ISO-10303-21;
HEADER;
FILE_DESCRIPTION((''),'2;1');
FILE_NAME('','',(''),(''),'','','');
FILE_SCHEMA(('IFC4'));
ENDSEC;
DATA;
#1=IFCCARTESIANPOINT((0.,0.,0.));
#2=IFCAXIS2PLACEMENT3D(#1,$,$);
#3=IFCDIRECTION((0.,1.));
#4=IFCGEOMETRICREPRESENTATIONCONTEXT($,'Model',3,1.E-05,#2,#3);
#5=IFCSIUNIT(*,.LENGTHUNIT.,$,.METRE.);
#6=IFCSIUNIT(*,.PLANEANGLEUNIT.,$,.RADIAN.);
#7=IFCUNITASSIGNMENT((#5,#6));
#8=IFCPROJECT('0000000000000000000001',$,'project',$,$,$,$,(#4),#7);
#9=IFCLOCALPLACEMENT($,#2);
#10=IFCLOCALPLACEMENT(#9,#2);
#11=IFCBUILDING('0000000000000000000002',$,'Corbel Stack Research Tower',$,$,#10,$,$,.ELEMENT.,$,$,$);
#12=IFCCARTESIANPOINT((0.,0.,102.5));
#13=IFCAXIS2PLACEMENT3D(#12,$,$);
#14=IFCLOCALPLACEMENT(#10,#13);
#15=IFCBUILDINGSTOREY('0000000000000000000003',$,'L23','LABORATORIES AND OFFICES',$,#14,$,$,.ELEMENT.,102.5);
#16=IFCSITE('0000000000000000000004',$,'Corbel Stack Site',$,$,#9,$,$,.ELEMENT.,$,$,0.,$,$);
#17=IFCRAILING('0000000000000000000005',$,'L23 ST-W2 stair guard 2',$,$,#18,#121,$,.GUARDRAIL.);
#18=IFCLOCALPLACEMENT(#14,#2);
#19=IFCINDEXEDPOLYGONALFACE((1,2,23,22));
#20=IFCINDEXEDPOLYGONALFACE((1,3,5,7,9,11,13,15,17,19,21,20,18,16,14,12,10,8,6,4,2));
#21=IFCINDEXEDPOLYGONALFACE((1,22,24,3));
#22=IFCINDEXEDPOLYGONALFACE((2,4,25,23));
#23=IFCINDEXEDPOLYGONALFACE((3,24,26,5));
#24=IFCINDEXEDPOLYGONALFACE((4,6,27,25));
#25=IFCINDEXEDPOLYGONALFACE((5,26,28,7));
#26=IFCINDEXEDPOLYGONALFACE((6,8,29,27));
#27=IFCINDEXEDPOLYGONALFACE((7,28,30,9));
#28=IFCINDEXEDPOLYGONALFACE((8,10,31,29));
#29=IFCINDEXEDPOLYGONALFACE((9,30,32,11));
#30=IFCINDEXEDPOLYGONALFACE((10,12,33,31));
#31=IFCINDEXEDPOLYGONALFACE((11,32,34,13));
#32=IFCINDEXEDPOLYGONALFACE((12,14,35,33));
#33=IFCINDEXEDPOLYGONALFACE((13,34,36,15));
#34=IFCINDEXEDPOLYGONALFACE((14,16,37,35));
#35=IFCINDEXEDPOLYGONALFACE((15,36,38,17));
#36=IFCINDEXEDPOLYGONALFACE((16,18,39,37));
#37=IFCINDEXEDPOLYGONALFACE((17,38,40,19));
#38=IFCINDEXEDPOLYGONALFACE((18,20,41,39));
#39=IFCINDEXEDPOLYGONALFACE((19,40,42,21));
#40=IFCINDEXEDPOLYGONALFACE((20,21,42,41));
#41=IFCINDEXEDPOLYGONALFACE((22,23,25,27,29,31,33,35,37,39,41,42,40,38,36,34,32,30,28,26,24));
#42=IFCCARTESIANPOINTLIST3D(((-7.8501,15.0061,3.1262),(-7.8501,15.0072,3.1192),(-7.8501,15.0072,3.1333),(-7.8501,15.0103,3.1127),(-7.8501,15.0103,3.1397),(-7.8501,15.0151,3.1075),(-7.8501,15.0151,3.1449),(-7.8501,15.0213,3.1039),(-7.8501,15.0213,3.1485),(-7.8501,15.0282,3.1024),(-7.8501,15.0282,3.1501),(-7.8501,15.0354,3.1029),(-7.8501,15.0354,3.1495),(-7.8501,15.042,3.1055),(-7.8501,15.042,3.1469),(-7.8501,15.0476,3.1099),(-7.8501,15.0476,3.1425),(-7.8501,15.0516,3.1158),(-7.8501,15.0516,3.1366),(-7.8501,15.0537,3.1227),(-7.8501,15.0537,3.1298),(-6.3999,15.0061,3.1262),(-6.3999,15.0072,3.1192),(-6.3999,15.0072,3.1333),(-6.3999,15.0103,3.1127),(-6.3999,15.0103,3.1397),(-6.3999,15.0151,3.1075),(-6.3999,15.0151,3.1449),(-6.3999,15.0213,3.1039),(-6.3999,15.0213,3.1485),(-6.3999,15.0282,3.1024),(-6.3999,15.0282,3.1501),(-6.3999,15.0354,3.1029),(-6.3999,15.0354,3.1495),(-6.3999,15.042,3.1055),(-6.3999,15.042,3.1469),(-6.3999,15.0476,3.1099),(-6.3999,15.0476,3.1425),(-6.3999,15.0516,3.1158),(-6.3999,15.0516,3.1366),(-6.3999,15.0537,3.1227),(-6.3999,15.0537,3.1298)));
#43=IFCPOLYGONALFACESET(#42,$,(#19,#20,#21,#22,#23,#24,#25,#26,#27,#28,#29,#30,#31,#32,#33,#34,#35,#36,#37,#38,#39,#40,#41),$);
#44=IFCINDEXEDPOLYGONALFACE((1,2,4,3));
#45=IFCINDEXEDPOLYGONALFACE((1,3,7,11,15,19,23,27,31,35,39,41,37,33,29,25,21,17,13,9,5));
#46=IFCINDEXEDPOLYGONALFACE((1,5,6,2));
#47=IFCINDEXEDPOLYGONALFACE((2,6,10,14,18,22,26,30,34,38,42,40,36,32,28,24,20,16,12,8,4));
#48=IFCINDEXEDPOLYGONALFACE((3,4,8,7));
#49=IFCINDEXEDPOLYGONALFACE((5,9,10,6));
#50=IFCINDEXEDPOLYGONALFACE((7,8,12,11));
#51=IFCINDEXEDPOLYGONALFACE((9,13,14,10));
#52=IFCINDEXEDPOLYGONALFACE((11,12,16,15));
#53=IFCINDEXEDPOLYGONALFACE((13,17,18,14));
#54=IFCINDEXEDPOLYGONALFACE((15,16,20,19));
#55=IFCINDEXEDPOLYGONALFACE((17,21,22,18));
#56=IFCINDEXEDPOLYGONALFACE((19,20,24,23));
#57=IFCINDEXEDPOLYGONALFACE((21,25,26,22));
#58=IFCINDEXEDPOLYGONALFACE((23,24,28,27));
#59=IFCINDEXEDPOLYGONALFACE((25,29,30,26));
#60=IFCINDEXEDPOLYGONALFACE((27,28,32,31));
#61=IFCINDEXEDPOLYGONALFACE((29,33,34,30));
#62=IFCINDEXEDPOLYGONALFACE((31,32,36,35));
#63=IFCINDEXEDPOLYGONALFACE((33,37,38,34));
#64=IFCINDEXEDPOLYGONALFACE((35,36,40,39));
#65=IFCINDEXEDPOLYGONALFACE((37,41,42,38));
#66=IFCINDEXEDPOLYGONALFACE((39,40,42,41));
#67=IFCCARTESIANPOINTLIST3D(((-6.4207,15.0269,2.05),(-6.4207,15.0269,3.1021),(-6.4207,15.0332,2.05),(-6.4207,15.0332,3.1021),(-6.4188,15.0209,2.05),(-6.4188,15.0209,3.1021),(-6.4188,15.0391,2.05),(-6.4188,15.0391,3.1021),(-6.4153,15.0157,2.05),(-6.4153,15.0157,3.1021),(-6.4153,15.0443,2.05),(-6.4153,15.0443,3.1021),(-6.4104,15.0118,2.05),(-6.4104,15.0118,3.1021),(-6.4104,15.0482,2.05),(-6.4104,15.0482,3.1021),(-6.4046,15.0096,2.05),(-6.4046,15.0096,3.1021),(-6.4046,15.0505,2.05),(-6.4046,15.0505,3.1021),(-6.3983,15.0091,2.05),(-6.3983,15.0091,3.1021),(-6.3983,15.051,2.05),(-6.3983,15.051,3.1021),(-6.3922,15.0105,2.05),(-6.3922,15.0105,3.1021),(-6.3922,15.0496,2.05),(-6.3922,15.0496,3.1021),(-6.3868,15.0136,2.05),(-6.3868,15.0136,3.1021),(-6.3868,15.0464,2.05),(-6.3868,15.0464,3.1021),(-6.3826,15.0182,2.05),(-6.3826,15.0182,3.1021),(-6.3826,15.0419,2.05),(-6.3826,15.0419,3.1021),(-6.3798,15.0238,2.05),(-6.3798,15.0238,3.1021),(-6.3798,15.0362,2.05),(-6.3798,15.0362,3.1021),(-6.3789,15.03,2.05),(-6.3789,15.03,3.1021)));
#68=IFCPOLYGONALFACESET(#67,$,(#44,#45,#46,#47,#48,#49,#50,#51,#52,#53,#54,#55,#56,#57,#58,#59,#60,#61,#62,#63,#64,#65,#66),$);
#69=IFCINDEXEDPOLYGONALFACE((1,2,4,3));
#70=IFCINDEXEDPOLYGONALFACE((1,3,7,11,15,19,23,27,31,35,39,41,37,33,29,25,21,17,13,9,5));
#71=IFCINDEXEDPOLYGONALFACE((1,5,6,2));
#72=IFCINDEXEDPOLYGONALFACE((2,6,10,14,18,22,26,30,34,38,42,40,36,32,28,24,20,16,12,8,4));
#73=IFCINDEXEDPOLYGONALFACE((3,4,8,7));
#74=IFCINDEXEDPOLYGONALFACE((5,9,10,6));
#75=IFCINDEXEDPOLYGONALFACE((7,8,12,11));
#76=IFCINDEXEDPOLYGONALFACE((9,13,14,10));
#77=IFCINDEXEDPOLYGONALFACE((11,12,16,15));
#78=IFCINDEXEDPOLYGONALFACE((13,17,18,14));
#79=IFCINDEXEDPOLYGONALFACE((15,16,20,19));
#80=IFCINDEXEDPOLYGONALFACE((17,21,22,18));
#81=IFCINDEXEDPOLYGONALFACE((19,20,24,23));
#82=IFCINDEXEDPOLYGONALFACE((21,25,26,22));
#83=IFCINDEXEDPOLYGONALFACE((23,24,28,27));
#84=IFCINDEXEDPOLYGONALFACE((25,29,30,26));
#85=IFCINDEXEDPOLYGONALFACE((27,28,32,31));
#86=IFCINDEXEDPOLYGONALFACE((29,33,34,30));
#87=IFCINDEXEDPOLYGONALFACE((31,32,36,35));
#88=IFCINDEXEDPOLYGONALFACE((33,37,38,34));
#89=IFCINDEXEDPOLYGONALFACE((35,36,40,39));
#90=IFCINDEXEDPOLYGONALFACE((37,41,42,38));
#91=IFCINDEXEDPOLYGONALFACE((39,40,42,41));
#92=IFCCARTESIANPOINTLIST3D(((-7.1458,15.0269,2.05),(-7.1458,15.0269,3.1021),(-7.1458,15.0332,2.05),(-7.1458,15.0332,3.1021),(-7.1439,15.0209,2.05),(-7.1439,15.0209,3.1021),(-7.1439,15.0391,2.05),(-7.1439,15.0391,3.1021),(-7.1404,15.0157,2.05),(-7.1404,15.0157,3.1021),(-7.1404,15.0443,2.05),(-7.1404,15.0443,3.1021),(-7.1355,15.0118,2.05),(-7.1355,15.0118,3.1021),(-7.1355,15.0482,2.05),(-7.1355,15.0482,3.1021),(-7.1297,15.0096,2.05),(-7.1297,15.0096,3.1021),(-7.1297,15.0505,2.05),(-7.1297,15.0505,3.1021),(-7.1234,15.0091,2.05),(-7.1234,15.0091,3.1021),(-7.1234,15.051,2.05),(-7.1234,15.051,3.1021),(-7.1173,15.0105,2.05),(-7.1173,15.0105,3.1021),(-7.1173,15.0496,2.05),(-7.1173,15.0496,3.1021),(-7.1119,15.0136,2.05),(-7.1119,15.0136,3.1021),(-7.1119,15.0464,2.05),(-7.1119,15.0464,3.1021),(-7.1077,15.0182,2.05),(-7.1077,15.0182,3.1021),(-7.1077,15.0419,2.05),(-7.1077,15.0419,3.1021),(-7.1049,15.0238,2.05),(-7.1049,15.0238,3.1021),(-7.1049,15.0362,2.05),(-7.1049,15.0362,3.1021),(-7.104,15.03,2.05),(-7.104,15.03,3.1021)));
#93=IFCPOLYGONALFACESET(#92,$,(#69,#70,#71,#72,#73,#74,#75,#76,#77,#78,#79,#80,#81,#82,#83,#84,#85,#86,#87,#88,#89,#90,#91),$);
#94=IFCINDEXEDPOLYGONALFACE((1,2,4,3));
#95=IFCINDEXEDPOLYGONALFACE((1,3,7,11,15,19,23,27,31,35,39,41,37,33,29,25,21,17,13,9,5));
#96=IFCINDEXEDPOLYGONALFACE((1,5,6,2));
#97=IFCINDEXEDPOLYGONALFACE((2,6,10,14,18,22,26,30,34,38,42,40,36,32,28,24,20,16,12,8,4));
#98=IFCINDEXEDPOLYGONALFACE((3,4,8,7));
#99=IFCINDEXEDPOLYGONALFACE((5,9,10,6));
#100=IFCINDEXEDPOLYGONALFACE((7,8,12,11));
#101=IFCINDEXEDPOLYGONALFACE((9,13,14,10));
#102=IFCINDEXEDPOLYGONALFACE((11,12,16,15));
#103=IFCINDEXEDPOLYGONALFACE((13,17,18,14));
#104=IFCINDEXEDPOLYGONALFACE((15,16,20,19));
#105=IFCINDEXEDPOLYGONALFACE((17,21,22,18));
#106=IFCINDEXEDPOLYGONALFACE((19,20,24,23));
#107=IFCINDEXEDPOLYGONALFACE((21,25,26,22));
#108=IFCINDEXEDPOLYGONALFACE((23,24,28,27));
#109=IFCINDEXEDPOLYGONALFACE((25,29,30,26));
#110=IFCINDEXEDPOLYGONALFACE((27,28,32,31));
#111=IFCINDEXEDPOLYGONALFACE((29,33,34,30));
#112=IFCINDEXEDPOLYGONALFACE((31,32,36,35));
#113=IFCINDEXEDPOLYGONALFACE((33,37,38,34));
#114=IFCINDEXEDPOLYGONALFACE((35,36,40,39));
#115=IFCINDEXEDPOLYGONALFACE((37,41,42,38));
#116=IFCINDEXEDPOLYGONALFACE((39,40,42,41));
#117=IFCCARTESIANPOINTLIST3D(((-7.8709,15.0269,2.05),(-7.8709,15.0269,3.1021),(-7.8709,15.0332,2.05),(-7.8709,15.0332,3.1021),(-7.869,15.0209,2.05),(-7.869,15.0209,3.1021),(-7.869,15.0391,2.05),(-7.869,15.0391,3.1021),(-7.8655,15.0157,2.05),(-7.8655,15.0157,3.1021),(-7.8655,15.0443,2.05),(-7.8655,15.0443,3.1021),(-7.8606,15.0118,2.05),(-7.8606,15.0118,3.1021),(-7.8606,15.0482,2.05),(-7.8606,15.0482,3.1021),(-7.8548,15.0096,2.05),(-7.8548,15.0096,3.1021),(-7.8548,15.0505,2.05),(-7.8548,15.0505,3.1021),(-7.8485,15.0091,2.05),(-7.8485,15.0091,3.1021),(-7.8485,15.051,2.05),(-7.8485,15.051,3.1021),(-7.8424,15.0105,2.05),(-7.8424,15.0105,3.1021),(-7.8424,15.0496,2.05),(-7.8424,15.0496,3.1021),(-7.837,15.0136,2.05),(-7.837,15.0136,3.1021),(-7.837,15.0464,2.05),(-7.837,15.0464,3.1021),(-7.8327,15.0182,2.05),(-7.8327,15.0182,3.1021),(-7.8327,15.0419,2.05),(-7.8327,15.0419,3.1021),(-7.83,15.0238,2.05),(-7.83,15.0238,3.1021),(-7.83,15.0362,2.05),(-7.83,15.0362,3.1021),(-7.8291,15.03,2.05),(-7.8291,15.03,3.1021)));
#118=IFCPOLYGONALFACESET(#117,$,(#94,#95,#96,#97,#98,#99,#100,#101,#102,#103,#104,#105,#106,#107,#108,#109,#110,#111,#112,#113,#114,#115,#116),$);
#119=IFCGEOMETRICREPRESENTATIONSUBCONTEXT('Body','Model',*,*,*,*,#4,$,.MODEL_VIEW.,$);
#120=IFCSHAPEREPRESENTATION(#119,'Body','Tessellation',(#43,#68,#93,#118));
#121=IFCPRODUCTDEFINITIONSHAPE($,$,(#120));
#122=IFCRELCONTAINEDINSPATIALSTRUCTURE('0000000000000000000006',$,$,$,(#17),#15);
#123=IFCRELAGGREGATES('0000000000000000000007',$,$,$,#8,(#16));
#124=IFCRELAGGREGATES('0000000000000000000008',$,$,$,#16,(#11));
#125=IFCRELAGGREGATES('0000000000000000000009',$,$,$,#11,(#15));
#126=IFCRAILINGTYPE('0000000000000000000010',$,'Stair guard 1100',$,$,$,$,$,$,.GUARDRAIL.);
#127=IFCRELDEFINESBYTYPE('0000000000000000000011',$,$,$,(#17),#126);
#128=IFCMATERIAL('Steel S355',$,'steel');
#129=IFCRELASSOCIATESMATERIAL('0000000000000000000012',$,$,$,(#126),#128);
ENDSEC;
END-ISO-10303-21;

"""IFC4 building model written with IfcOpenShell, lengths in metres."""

from ifc_helpers import new_model, si_unit, direction, frame, origin, origin_2d, place, context, subcontext, project, spatial, circle, extrude, material, type_object, element, save


model = new_model("IFC4")

# Units and contexts
model_context = context("Model", 3, precision=1e-05, world=origin(), true_north=direction((0.0, 1.0)))
body_context = subcontext(model_context, "Body", "Model", "MODEL_VIEW")
ifc_project = project(units=[si_unit("LENGTHUNIT", "METRE"), si_unit("PLANEANGLEUNIT", "RADIAN")], contexts=[model_context])

# Site, building, storey
site_placement = place(None, origin())
site = spatial("IfcSite", under=ifc_project, at=site_placement, Name="Corbel Stack Site", CompositionType="ELEMENT", RefElevation=0.0)
building_placement = place(site_placement, origin())
building = spatial("IfcBuilding", under=site, at=building_placement, Name="Corbel Stack Research Tower", CompositionType="ELEMENT")
storey_placement = place(building_placement, frame((0.0, 0.0, 102.5)))
storey = spatial("IfcBuildingStorey", under=building, at=storey_placement, Name="L23", Description="LABORATORIES AND OFFICES", CompositionType="ELEMENT", Elevation=102.5)

# Railing
ifc_material_1 = material(Name="Steel S355", Category="steel")
railing_type_1 = type_object("IfcRailingType", Name="Stair guard 1100", PredefinedType="GUARDRAIL", material=ifc_material_1)
railing_1_placement = place(storey_placement, frame((-6.3999, 15.03, 2.05)))
element("IfcRailing", 1, at=railing_1_placement, inside=storey, type_object=railing_type_1, Name="L23 ST-W2 stair guard 2", PredefinedType="GUARDRAIL", context=body_context, shape_type="SweptSolid", body=[
    extrude(circle(Radius=0.0239, at=origin_2d()), frame((0.0, 0.0, 1.0762), z_axis=(-1.0, 0.0, 0.0), x_axis=(0.0, -1.0, 0.0)), (0.0, 0.0, 1.0), 1.4502),
    extrude(circle(Radius=0.021, at=origin_2d()), origin(), (0.0, 0.0, 1.0), 1.052),
    extrude(circle(Radius=0.021, at=origin_2d()), frame((-0.7251, 0.0, 0.0)), (0.0, 0.0, 1.0), 1.052),
    extrude(circle(Radius=0.021, at=origin_2d()), frame((-1.4502, 0.0, 0.0)), (0.0, 0.0, 1.0), 1.052),
])

save(model, "model.ifc")
